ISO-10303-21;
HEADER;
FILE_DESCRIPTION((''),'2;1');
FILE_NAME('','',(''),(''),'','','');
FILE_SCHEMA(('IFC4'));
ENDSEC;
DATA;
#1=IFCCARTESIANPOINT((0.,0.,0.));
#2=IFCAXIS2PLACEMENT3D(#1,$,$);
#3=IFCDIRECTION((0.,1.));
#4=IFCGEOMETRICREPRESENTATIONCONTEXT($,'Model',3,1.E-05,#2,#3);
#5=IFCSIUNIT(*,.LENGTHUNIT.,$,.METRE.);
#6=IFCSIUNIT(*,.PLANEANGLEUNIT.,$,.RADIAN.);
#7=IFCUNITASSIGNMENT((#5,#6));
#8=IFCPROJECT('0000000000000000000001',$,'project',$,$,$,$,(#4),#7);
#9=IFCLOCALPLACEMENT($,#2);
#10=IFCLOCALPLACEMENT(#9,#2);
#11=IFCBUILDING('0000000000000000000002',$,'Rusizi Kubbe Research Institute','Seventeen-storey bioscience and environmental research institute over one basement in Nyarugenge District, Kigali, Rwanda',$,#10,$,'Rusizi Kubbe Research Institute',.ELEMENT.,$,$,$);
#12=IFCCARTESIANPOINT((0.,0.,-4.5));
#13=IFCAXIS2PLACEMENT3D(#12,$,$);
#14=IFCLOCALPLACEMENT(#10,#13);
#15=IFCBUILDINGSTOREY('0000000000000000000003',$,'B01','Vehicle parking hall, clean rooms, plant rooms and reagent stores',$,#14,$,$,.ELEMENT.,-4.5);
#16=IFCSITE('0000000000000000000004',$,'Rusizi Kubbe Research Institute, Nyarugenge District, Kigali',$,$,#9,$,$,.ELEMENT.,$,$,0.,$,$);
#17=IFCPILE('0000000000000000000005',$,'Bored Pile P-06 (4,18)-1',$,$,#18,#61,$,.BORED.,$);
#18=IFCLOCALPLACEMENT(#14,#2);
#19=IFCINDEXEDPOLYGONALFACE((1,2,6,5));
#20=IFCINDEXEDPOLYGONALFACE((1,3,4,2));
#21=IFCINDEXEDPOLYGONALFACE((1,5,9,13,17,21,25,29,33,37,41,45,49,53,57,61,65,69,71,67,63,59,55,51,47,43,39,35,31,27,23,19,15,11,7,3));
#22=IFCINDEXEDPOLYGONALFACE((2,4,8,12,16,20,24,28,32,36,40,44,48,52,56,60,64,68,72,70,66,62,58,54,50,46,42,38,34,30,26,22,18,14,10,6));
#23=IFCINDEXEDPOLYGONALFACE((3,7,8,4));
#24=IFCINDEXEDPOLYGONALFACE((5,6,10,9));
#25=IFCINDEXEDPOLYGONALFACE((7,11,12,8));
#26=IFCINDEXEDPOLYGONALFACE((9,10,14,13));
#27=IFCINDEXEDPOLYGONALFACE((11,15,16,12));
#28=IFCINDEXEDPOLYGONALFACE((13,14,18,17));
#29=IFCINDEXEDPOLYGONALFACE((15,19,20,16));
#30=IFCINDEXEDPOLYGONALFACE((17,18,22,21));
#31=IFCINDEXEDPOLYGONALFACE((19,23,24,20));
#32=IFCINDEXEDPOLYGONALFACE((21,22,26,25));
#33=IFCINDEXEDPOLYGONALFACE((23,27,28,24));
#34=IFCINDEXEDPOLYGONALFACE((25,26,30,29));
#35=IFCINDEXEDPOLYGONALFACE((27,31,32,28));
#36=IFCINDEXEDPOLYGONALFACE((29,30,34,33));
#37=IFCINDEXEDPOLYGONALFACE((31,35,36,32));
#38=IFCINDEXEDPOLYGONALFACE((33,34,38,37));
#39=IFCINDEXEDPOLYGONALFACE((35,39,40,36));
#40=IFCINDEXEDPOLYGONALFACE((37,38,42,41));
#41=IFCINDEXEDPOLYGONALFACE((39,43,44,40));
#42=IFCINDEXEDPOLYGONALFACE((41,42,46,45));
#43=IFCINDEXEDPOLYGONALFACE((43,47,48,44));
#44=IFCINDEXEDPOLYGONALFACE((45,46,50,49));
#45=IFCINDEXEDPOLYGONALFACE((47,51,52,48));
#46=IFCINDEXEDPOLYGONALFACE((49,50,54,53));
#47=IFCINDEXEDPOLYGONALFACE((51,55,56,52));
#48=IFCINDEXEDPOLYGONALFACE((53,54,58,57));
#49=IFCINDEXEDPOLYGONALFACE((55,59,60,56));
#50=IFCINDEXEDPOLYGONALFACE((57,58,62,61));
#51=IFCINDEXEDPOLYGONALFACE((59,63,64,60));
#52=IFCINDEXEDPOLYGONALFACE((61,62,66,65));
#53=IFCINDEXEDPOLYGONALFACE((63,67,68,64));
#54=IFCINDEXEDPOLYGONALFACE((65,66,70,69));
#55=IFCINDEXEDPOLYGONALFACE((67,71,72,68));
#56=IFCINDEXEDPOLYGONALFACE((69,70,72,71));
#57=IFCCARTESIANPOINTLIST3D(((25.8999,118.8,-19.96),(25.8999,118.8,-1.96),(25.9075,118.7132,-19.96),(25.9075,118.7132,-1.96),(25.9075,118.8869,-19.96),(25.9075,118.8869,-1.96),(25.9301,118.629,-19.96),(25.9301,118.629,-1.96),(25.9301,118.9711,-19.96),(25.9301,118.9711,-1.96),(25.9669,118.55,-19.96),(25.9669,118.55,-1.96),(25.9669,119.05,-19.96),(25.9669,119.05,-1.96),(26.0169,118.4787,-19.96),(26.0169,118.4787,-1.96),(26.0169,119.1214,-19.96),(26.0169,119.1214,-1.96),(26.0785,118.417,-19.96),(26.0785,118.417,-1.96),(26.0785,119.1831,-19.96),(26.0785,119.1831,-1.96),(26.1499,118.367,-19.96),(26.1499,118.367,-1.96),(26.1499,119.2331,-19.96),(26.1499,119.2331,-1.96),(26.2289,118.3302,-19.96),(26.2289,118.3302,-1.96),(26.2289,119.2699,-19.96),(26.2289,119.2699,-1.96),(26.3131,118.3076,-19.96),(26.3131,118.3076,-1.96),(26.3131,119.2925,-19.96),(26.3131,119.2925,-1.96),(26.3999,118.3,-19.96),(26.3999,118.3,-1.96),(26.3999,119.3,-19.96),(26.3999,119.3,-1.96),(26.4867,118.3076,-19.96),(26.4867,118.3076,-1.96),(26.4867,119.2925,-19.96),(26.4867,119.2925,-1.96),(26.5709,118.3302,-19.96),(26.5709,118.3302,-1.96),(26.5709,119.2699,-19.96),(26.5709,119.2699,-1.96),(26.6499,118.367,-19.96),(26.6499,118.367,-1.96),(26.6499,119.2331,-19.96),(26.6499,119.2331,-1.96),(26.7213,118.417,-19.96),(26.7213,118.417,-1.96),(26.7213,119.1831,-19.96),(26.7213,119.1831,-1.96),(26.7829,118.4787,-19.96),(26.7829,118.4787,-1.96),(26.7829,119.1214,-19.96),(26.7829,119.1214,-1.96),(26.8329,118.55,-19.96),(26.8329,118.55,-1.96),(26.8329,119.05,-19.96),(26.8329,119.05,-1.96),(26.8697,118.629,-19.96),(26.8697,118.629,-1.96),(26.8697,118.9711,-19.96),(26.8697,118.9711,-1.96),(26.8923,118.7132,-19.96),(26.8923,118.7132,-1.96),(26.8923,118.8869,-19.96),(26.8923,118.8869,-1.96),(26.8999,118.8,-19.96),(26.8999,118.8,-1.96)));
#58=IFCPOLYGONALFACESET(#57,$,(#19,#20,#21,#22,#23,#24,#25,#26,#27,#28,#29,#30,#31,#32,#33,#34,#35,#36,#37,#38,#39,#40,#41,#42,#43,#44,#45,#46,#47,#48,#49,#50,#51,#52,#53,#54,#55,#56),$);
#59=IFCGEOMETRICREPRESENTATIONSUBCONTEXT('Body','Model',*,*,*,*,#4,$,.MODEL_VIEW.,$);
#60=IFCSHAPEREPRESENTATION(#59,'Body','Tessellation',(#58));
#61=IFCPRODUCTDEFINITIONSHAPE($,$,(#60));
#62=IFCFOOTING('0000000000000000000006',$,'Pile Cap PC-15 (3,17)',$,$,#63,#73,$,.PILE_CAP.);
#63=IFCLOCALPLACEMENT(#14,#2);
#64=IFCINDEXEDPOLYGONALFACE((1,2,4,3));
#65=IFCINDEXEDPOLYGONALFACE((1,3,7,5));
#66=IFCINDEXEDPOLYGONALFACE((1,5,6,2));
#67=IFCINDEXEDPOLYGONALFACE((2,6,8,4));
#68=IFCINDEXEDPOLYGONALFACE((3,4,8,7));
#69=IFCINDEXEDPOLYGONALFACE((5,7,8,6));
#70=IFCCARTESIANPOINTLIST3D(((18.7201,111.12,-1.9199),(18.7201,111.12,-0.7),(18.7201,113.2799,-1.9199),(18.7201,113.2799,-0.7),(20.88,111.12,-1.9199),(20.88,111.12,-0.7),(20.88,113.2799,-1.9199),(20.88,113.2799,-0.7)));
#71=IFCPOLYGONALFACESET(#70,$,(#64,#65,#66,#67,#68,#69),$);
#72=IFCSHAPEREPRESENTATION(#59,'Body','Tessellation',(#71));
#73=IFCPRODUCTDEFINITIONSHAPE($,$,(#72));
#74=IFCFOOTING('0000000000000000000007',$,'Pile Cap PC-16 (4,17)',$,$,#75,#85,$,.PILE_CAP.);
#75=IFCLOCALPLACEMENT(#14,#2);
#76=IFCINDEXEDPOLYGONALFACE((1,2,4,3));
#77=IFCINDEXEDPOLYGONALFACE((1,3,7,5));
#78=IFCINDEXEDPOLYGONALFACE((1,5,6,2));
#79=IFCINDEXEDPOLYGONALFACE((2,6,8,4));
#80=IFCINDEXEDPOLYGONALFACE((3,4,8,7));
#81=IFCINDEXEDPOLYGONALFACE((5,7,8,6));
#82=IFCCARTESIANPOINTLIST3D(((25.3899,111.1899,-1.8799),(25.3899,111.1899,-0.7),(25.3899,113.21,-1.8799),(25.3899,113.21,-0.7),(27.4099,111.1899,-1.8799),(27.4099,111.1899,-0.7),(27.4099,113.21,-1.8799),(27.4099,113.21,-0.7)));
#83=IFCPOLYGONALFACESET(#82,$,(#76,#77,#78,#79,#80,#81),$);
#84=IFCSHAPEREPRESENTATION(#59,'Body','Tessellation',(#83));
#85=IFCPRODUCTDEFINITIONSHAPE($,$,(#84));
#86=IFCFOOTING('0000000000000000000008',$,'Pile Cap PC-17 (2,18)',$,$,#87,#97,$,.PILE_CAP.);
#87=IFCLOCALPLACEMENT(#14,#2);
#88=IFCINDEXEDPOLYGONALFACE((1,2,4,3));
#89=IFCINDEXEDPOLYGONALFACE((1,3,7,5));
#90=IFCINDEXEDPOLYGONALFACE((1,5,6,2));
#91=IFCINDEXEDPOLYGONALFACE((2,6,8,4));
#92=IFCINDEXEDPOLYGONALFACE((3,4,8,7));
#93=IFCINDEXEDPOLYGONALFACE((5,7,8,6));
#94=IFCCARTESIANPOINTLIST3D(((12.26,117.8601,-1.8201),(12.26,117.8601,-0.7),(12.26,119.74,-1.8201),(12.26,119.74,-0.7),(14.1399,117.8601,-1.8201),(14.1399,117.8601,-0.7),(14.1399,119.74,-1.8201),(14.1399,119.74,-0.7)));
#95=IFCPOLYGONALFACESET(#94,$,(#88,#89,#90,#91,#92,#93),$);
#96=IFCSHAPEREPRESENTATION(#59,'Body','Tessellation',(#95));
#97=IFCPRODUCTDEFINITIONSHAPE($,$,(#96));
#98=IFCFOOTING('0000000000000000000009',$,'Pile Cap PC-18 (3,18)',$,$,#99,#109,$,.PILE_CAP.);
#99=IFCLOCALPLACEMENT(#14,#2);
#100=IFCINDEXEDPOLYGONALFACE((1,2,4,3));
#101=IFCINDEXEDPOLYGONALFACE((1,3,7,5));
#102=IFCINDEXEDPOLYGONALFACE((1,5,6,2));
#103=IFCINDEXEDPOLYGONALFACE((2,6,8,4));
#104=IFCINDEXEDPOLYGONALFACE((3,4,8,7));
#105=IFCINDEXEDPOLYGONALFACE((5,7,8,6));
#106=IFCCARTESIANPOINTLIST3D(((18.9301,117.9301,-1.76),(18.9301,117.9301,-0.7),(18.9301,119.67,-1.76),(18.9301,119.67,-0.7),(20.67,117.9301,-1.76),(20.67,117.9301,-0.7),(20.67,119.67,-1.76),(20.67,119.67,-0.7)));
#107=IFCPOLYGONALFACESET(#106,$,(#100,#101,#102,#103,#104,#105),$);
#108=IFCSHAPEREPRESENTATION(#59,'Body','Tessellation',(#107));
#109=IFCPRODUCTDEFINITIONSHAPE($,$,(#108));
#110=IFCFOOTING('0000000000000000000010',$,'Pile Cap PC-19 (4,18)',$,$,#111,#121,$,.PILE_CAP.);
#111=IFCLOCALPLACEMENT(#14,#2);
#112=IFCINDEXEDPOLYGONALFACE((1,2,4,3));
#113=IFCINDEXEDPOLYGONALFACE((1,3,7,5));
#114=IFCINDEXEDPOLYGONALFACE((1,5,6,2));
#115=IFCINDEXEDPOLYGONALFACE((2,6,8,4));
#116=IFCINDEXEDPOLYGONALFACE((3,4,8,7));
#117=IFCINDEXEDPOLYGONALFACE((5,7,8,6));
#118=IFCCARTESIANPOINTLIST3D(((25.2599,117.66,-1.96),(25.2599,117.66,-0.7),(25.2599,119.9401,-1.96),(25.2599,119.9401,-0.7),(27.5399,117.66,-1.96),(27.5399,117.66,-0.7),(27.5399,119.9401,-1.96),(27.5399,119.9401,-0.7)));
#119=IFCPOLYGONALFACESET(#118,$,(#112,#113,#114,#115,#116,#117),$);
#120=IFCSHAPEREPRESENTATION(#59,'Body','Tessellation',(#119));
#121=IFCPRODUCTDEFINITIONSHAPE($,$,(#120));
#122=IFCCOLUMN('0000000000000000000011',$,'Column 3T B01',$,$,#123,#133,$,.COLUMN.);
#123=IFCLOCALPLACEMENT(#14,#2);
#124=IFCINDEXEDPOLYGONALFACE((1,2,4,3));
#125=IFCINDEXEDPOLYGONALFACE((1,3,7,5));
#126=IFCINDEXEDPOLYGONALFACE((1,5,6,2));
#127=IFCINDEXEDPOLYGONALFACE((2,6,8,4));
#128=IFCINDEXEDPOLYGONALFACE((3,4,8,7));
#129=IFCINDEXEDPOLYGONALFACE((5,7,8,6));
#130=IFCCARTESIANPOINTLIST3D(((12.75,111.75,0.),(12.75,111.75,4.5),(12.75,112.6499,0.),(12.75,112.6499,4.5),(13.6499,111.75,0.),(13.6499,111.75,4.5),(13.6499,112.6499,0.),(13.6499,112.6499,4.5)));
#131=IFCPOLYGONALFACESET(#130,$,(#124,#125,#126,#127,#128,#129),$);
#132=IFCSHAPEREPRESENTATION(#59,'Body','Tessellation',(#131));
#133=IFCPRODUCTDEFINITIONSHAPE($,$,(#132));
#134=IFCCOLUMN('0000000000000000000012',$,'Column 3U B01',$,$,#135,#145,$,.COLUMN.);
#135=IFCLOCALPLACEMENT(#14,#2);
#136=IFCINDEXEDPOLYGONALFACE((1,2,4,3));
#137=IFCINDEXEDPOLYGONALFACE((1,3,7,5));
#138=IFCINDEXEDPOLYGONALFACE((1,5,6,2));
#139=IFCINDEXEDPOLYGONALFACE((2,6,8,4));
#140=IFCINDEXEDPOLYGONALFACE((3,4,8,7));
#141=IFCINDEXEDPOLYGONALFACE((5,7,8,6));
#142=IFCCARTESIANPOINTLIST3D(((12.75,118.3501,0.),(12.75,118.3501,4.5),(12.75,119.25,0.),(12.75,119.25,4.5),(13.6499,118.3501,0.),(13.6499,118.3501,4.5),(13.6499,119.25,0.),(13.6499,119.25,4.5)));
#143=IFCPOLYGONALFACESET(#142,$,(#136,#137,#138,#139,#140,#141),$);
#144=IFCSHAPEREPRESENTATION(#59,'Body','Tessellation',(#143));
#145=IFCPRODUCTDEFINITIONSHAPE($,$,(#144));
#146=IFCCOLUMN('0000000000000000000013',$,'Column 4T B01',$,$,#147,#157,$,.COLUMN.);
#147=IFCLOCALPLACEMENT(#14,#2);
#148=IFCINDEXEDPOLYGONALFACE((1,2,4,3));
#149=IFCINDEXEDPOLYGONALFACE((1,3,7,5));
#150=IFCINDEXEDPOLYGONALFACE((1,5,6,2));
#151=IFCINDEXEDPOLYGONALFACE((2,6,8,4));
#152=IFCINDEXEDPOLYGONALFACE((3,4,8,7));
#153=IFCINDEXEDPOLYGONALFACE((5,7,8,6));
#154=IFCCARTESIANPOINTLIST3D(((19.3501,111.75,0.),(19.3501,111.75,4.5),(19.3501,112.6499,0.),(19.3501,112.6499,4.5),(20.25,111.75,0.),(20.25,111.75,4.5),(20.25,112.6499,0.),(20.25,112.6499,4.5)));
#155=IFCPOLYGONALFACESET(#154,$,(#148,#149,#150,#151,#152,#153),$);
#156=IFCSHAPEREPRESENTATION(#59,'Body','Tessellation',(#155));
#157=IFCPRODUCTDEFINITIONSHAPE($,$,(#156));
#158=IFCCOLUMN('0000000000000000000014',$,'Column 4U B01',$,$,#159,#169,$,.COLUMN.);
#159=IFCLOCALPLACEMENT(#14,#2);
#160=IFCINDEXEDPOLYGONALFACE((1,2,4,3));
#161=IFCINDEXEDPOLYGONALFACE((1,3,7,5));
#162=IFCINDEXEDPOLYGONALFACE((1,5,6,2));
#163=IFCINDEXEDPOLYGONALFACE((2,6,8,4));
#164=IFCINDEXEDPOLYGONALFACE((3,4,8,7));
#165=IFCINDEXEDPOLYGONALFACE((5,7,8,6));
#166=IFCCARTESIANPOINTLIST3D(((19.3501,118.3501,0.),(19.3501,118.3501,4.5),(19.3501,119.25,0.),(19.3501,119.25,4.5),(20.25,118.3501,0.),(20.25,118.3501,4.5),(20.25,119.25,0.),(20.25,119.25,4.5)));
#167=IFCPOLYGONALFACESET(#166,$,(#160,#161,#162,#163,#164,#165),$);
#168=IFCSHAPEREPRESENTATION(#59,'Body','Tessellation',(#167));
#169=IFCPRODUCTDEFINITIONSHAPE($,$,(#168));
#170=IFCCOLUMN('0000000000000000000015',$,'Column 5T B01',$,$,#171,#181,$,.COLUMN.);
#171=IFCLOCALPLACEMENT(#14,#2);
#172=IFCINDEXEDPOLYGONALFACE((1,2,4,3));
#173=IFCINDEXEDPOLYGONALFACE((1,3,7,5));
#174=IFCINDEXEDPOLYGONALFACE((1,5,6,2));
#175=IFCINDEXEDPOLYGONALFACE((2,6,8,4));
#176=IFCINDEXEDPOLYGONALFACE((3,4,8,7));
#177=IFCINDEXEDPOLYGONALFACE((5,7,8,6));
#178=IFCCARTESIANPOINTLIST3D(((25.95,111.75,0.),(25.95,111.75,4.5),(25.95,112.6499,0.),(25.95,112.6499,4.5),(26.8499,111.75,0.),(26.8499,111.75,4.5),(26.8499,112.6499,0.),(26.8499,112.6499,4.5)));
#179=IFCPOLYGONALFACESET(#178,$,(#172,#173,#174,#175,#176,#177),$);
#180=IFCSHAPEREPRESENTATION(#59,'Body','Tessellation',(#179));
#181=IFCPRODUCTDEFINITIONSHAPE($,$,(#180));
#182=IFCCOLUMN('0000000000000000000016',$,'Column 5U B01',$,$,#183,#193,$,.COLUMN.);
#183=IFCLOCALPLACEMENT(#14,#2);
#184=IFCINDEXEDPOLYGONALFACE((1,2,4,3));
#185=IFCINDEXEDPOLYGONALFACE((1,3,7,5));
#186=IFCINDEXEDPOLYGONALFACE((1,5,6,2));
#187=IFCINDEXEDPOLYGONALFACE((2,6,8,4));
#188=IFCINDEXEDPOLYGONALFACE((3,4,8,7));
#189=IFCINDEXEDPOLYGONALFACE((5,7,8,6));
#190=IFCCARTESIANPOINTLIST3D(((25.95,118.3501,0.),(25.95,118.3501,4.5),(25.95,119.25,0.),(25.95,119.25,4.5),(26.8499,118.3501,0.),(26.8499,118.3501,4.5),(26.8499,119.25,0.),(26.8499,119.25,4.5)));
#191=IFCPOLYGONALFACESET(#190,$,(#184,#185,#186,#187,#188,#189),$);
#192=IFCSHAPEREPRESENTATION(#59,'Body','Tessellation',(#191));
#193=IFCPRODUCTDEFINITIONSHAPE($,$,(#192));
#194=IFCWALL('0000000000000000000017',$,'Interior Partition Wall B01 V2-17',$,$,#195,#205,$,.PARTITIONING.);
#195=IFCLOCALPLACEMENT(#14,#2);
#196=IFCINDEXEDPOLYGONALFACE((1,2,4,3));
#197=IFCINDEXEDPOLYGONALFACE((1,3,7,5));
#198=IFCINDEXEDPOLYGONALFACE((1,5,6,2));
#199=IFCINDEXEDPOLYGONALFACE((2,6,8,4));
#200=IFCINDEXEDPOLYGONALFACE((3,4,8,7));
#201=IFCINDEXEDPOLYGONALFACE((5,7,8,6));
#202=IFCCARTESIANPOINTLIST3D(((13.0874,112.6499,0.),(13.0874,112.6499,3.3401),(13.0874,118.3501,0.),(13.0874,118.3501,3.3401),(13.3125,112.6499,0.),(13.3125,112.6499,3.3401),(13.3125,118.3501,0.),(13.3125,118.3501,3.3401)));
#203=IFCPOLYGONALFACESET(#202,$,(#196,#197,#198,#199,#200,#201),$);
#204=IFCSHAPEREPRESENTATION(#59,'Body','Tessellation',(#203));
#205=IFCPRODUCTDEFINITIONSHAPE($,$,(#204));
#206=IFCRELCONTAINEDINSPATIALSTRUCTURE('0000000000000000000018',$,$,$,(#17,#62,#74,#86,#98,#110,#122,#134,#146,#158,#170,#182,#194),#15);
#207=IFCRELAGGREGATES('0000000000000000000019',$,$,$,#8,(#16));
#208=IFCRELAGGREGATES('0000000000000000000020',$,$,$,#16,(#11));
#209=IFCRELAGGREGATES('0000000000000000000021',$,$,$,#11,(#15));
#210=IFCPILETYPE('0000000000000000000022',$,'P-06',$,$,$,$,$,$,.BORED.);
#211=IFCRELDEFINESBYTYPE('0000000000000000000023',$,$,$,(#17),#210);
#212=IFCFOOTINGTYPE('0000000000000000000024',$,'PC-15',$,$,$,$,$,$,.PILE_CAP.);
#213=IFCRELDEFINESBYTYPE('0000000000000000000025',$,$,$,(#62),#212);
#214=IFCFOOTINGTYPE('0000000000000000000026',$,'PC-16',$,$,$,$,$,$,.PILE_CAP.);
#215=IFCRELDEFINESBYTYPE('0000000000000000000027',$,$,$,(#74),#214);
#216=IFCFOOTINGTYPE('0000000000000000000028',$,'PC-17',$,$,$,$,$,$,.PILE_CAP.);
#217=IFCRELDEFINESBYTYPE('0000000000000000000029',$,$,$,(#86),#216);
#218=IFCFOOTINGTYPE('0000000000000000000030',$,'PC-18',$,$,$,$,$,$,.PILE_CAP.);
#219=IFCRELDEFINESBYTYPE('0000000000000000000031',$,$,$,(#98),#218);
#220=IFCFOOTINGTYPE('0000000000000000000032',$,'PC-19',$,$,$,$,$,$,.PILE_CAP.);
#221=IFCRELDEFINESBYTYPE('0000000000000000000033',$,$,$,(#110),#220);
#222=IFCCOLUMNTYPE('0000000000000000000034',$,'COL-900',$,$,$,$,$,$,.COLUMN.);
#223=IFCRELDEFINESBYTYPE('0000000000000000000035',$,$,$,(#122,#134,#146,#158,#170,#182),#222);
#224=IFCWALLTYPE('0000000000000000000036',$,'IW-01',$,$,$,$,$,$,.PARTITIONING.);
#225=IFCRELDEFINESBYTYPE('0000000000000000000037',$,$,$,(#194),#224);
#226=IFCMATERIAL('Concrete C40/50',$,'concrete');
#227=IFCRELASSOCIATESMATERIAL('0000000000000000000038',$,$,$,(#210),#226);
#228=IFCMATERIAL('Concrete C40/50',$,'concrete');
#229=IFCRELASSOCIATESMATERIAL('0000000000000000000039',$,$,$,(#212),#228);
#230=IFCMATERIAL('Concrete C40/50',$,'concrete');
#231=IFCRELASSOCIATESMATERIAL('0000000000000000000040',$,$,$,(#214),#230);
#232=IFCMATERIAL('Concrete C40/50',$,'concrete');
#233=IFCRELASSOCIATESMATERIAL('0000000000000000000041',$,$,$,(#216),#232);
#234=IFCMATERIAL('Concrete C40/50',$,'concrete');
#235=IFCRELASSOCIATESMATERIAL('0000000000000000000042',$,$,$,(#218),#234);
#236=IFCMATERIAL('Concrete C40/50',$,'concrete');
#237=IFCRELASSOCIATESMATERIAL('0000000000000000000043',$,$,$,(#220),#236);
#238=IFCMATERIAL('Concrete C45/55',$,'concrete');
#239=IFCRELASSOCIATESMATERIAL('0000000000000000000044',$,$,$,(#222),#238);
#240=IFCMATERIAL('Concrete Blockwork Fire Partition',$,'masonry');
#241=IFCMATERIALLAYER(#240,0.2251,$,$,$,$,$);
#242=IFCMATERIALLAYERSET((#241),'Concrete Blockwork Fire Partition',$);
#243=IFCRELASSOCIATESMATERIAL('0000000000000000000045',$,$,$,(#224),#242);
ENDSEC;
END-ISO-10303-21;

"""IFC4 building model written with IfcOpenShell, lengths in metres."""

from ifc_helpers import new_model, si_unit, direction, frame, frame_2d, origin, origin_2d, place, context, subcontext, project, spatial, rectangle, circle, extrude, material, layer, layer_set, material_profile, profile_set, type_object, element, save


model = new_model("IFC4")

# Units and contexts
model_context = context("Model", 3, precision=1e-05, world=origin(), true_north=direction((0.0, 1.0)))
body_context = subcontext(model_context, "Body", "Model", "MODEL_VIEW")
ifc_project = project(units=[si_unit("LENGTHUNIT", "METRE"), si_unit("PLANEANGLEUNIT", "RADIAN")], contexts=[model_context])

# Site, building, storey
site_placement = place(None, origin())
site = spatial("IfcSite", under=ifc_project, at=site_placement, Name="Rusizi Kubbe Research Institute, Nyarugenge District, Kigali", CompositionType="ELEMENT", RefElevation=0.0)
building_placement = place(site_placement, origin())
building = spatial("IfcBuilding", under=site, at=building_placement, Name="Rusizi Kubbe Research Institute", Description="Seventeen-storey bioscience and environmental research institute over one basement in Nyarugenge District, Kigali, Rwanda", LongName="Rusizi Kubbe Research Institute", CompositionType="ELEMENT")
storey_placement = place(building_placement, frame((0.0, 0.0, -4.5)))
storey = spatial("IfcBuildingStorey", under=building, at=storey_placement, Name="B01", Description="Vehicle parking hall, clean rooms, plant rooms and reagent stores", CompositionType="ELEMENT", Elevation=-4.5)

# Pile
ifc_material_1 = material(Name="Concrete C40/50", Category="concrete")
ifc_material_profile_1 = material_profile(ifc_material_1, circle(Radius=0.5, at=origin_2d()), Name="PILE-D1000")
ifc_profile_set_1 = profile_set([ifc_material_profile_1], Name="Concrete C40/50")
pile_type_1 = type_object("IfcPileType", Name="P-06", PredefinedType="BORED", material=ifc_profile_set_1)
pile_1_placement = place(storey_placement, frame((26.3999, 118.8, -1.96), z_axis=(0.0, 0.0, -1.0), x_axis=(1.0, 0.0, 0.0)))
element("IfcPile", 1, at=pile_1_placement, inside=storey, type_object=pile_type_1, Name="Bored Pile P-06 (4,18)-1", PredefinedType="BORED", context=body_context, shape_type="SweptSolid", body=[
    extrude(circle(Radius=0.5, at=origin_2d()), origin(), (0.0, 0.0, 1.0), 18.0),
])

# Footings
ifc_material_2 = material(Name="Concrete C40/50", Category="concrete")
footing_type_1 = type_object("IfcFootingType", Name="PC-15", PredefinedType="PILE_CAP", material=ifc_material_2)
footing_1_placement = place(storey_placement, frame((19.8, 112.2, -1.9199), z_axis=(0.0, 0.0, 1.0), x_axis=(1.0, 0.0, 0.0)))
element("IfcFooting", 2, at=footing_1_placement, inside=storey, type_object=footing_type_1, Name="Pile Cap PC-15 (3,17)", PredefinedType="PILE_CAP", context=body_context, shape_type="SweptSolid", body=[
    extrude(rectangle(XDim=2.1599, YDim=2.1599, at=origin_2d()), origin(), (0.0, 0.0, 1.0), 1.22),
])
ifc_material_3 = material(Name="Concrete C40/50", Category="concrete")
footing_type_2 = type_object("IfcFootingType", Name="PC-16", PredefinedType="PILE_CAP", material=ifc_material_3)
footing_2_placement = place(storey_placement, frame((26.3999, 112.2, -1.8799), z_axis=(0.0, 0.0, 1.0), x_axis=(1.0, 0.0, 0.0)))
element("IfcFooting", 3, at=footing_2_placement, inside=storey, type_object=footing_type_2, Name="Pile Cap PC-16 (4,17)", PredefinedType="PILE_CAP", context=body_context, shape_type="SweptSolid", body=[
    extrude(rectangle(XDim=2.02, YDim=2.02, at=origin_2d()), origin(), (0.0, 0.0, 1.0), 1.1799),
])
ifc_material_4 = material(Name="Concrete C40/50", Category="concrete")
footing_type_3 = type_object("IfcFootingType", Name="PC-17", PredefinedType="PILE_CAP", material=ifc_material_4)
footing_3_placement = place(storey_placement, frame((13.2, 118.8, -1.8201), z_axis=(0.0, 0.0, 1.0), x_axis=(1.0, 0.0, 0.0)))
element("IfcFooting", 4, at=footing_3_placement, inside=storey, type_object=footing_type_3, Name="Pile Cap PC-17 (2,18)", PredefinedType="PILE_CAP", context=body_context, shape_type="SweptSolid", body=[
    extrude(rectangle(XDim=1.8799, YDim=1.8799, at=origin_2d()), origin(), (0.0, 0.0, 1.0), 1.1201),
])
ifc_material_5 = material(Name="Concrete C40/50", Category="concrete")
footing_type_4 = type_object("IfcFootingType", Name="PC-18", PredefinedType="PILE_CAP", material=ifc_material_5)
footing_4_placement = place(storey_placement, frame((19.8, 118.8, -1.76), z_axis=(0.0, 0.0, 1.0), x_axis=(1.0, 0.0, 0.0)))
element("IfcFooting", 5, at=footing_4_placement, inside=storey, type_object=footing_type_4, Name="Pile Cap PC-18 (3,18)", PredefinedType="PILE_CAP", context=body_context, shape_type="SweptSolid", body=[
    extrude(rectangle(XDim=1.74, YDim=1.74, at=origin_2d()), origin(), (0.0, 0.0, 1.0), 1.0601),
])
ifc_material_6 = material(Name="Concrete C40/50", Category="concrete")
footing_type_5 = type_object("IfcFootingType", Name="PC-19", PredefinedType="PILE_CAP", material=ifc_material_6)
footing_5_placement = place(storey_placement, frame((26.3999, 118.8, -1.96), z_axis=(0.0, 0.0, 1.0), x_axis=(1.0, 0.0, 0.0)))
element("IfcFooting", 6, at=footing_5_placement, inside=storey, type_object=footing_type_5, Name="Pile Cap PC-19 (4,18)", PredefinedType="PILE_CAP", context=body_context, shape_type="SweptSolid", body=[
    extrude(rectangle(XDim=2.28, YDim=2.28, at=origin_2d()), origin(), (0.0, 0.0, 1.0), 1.26),
])

# Columns
ifc_material_7 = material(Name="Concrete C45/55", Category="concrete")
ifc_material_profile_2 = material_profile(ifc_material_7, rectangle(XDim=0.8999, YDim=0.8999, at=origin_2d()), Name="RC900x900")
ifc_profile_set_2 = profile_set([ifc_material_profile_2], Name="Concrete C45/55")
column_type = type_object("IfcColumnType", Name="COL-900", PredefinedType="COLUMN", material=ifc_profile_set_2)
for number, where, z_axis, x_axis, name in (
    (7, (13.2, 112.2, 0.0), (0.0, 0.0, 1.0), (1.0, 0.0, 0.0), "Column 3T B01"),
    (8, (13.2, 118.8, 0.0), (0.0, 0.0, 1.0), (1.0, 0.0, 0.0), "Column 3U B01"),
    (9, (19.8, 112.2, 0.0), (0.0, 0.0, 1.0), (1.0, 0.0, 0.0), "Column 4T B01"),
    (10, (19.8, 118.8, 0.0), (0.0, 0.0, 1.0), (1.0, 0.0, 0.0), "Column 4U B01"),
    (11, (26.3999, 112.2, 0.0), (0.0, 0.0, 1.0), (1.0, 0.0, 0.0), "Column 5T B01"),
    (12, (26.3999, 118.8, 0.0), (0.0, 0.0, 1.0), (1.0, 0.0, 0.0), "Column 5U B01"),
):
    element("IfcColumn", number, at=place(storey_placement, frame(where, z_axis=z_axis, x_axis=x_axis)), inside=storey, type_object=column_type, Name=name, PredefinedType="COLUMN", context=body_context, shape_type="SweptSolid", body=[
        extrude(rectangle(XDim=0.8999, YDim=0.8999, at=origin_2d()), origin(), (0.0, 0.0, 1.0), 4.5),
    ])

# Wall
ifc_material_8 = material(Name="Concrete Blockwork Fire Partition", Category="masonry")
ifc_layer_1 = layer(ifc_material_8, 0.2251)
ifc_layer_set_1 = layer_set([ifc_layer_1], Name="Concrete Blockwork Fire Partition")
wall_type_1 = type_object("IfcWallType", Name="IW-01", PredefinedType="PARTITIONING", material=ifc_layer_set_1)
wall_1_placement = place(storey_placement, frame((13.2, 112.6499, 0.0), z_axis=(0.0, 0.0, 1.0), x_axis=(0.0, 1.0, 0.0)))
element("IfcWall", 13, at=wall_1_placement, inside=storey, type_object=wall_type_1, Name="Interior Partition Wall B01 V2-17", PredefinedType="PARTITIONING", context=body_context, shape_type="SweptSolid", body=[
    extrude(rectangle(XDim=5.7002, YDim=0.2251, at=frame_2d((2.8501, 0.0))), origin(), (0.0, 0.0, 1.0), 3.3401),
])

save(model, "model.ifc")
